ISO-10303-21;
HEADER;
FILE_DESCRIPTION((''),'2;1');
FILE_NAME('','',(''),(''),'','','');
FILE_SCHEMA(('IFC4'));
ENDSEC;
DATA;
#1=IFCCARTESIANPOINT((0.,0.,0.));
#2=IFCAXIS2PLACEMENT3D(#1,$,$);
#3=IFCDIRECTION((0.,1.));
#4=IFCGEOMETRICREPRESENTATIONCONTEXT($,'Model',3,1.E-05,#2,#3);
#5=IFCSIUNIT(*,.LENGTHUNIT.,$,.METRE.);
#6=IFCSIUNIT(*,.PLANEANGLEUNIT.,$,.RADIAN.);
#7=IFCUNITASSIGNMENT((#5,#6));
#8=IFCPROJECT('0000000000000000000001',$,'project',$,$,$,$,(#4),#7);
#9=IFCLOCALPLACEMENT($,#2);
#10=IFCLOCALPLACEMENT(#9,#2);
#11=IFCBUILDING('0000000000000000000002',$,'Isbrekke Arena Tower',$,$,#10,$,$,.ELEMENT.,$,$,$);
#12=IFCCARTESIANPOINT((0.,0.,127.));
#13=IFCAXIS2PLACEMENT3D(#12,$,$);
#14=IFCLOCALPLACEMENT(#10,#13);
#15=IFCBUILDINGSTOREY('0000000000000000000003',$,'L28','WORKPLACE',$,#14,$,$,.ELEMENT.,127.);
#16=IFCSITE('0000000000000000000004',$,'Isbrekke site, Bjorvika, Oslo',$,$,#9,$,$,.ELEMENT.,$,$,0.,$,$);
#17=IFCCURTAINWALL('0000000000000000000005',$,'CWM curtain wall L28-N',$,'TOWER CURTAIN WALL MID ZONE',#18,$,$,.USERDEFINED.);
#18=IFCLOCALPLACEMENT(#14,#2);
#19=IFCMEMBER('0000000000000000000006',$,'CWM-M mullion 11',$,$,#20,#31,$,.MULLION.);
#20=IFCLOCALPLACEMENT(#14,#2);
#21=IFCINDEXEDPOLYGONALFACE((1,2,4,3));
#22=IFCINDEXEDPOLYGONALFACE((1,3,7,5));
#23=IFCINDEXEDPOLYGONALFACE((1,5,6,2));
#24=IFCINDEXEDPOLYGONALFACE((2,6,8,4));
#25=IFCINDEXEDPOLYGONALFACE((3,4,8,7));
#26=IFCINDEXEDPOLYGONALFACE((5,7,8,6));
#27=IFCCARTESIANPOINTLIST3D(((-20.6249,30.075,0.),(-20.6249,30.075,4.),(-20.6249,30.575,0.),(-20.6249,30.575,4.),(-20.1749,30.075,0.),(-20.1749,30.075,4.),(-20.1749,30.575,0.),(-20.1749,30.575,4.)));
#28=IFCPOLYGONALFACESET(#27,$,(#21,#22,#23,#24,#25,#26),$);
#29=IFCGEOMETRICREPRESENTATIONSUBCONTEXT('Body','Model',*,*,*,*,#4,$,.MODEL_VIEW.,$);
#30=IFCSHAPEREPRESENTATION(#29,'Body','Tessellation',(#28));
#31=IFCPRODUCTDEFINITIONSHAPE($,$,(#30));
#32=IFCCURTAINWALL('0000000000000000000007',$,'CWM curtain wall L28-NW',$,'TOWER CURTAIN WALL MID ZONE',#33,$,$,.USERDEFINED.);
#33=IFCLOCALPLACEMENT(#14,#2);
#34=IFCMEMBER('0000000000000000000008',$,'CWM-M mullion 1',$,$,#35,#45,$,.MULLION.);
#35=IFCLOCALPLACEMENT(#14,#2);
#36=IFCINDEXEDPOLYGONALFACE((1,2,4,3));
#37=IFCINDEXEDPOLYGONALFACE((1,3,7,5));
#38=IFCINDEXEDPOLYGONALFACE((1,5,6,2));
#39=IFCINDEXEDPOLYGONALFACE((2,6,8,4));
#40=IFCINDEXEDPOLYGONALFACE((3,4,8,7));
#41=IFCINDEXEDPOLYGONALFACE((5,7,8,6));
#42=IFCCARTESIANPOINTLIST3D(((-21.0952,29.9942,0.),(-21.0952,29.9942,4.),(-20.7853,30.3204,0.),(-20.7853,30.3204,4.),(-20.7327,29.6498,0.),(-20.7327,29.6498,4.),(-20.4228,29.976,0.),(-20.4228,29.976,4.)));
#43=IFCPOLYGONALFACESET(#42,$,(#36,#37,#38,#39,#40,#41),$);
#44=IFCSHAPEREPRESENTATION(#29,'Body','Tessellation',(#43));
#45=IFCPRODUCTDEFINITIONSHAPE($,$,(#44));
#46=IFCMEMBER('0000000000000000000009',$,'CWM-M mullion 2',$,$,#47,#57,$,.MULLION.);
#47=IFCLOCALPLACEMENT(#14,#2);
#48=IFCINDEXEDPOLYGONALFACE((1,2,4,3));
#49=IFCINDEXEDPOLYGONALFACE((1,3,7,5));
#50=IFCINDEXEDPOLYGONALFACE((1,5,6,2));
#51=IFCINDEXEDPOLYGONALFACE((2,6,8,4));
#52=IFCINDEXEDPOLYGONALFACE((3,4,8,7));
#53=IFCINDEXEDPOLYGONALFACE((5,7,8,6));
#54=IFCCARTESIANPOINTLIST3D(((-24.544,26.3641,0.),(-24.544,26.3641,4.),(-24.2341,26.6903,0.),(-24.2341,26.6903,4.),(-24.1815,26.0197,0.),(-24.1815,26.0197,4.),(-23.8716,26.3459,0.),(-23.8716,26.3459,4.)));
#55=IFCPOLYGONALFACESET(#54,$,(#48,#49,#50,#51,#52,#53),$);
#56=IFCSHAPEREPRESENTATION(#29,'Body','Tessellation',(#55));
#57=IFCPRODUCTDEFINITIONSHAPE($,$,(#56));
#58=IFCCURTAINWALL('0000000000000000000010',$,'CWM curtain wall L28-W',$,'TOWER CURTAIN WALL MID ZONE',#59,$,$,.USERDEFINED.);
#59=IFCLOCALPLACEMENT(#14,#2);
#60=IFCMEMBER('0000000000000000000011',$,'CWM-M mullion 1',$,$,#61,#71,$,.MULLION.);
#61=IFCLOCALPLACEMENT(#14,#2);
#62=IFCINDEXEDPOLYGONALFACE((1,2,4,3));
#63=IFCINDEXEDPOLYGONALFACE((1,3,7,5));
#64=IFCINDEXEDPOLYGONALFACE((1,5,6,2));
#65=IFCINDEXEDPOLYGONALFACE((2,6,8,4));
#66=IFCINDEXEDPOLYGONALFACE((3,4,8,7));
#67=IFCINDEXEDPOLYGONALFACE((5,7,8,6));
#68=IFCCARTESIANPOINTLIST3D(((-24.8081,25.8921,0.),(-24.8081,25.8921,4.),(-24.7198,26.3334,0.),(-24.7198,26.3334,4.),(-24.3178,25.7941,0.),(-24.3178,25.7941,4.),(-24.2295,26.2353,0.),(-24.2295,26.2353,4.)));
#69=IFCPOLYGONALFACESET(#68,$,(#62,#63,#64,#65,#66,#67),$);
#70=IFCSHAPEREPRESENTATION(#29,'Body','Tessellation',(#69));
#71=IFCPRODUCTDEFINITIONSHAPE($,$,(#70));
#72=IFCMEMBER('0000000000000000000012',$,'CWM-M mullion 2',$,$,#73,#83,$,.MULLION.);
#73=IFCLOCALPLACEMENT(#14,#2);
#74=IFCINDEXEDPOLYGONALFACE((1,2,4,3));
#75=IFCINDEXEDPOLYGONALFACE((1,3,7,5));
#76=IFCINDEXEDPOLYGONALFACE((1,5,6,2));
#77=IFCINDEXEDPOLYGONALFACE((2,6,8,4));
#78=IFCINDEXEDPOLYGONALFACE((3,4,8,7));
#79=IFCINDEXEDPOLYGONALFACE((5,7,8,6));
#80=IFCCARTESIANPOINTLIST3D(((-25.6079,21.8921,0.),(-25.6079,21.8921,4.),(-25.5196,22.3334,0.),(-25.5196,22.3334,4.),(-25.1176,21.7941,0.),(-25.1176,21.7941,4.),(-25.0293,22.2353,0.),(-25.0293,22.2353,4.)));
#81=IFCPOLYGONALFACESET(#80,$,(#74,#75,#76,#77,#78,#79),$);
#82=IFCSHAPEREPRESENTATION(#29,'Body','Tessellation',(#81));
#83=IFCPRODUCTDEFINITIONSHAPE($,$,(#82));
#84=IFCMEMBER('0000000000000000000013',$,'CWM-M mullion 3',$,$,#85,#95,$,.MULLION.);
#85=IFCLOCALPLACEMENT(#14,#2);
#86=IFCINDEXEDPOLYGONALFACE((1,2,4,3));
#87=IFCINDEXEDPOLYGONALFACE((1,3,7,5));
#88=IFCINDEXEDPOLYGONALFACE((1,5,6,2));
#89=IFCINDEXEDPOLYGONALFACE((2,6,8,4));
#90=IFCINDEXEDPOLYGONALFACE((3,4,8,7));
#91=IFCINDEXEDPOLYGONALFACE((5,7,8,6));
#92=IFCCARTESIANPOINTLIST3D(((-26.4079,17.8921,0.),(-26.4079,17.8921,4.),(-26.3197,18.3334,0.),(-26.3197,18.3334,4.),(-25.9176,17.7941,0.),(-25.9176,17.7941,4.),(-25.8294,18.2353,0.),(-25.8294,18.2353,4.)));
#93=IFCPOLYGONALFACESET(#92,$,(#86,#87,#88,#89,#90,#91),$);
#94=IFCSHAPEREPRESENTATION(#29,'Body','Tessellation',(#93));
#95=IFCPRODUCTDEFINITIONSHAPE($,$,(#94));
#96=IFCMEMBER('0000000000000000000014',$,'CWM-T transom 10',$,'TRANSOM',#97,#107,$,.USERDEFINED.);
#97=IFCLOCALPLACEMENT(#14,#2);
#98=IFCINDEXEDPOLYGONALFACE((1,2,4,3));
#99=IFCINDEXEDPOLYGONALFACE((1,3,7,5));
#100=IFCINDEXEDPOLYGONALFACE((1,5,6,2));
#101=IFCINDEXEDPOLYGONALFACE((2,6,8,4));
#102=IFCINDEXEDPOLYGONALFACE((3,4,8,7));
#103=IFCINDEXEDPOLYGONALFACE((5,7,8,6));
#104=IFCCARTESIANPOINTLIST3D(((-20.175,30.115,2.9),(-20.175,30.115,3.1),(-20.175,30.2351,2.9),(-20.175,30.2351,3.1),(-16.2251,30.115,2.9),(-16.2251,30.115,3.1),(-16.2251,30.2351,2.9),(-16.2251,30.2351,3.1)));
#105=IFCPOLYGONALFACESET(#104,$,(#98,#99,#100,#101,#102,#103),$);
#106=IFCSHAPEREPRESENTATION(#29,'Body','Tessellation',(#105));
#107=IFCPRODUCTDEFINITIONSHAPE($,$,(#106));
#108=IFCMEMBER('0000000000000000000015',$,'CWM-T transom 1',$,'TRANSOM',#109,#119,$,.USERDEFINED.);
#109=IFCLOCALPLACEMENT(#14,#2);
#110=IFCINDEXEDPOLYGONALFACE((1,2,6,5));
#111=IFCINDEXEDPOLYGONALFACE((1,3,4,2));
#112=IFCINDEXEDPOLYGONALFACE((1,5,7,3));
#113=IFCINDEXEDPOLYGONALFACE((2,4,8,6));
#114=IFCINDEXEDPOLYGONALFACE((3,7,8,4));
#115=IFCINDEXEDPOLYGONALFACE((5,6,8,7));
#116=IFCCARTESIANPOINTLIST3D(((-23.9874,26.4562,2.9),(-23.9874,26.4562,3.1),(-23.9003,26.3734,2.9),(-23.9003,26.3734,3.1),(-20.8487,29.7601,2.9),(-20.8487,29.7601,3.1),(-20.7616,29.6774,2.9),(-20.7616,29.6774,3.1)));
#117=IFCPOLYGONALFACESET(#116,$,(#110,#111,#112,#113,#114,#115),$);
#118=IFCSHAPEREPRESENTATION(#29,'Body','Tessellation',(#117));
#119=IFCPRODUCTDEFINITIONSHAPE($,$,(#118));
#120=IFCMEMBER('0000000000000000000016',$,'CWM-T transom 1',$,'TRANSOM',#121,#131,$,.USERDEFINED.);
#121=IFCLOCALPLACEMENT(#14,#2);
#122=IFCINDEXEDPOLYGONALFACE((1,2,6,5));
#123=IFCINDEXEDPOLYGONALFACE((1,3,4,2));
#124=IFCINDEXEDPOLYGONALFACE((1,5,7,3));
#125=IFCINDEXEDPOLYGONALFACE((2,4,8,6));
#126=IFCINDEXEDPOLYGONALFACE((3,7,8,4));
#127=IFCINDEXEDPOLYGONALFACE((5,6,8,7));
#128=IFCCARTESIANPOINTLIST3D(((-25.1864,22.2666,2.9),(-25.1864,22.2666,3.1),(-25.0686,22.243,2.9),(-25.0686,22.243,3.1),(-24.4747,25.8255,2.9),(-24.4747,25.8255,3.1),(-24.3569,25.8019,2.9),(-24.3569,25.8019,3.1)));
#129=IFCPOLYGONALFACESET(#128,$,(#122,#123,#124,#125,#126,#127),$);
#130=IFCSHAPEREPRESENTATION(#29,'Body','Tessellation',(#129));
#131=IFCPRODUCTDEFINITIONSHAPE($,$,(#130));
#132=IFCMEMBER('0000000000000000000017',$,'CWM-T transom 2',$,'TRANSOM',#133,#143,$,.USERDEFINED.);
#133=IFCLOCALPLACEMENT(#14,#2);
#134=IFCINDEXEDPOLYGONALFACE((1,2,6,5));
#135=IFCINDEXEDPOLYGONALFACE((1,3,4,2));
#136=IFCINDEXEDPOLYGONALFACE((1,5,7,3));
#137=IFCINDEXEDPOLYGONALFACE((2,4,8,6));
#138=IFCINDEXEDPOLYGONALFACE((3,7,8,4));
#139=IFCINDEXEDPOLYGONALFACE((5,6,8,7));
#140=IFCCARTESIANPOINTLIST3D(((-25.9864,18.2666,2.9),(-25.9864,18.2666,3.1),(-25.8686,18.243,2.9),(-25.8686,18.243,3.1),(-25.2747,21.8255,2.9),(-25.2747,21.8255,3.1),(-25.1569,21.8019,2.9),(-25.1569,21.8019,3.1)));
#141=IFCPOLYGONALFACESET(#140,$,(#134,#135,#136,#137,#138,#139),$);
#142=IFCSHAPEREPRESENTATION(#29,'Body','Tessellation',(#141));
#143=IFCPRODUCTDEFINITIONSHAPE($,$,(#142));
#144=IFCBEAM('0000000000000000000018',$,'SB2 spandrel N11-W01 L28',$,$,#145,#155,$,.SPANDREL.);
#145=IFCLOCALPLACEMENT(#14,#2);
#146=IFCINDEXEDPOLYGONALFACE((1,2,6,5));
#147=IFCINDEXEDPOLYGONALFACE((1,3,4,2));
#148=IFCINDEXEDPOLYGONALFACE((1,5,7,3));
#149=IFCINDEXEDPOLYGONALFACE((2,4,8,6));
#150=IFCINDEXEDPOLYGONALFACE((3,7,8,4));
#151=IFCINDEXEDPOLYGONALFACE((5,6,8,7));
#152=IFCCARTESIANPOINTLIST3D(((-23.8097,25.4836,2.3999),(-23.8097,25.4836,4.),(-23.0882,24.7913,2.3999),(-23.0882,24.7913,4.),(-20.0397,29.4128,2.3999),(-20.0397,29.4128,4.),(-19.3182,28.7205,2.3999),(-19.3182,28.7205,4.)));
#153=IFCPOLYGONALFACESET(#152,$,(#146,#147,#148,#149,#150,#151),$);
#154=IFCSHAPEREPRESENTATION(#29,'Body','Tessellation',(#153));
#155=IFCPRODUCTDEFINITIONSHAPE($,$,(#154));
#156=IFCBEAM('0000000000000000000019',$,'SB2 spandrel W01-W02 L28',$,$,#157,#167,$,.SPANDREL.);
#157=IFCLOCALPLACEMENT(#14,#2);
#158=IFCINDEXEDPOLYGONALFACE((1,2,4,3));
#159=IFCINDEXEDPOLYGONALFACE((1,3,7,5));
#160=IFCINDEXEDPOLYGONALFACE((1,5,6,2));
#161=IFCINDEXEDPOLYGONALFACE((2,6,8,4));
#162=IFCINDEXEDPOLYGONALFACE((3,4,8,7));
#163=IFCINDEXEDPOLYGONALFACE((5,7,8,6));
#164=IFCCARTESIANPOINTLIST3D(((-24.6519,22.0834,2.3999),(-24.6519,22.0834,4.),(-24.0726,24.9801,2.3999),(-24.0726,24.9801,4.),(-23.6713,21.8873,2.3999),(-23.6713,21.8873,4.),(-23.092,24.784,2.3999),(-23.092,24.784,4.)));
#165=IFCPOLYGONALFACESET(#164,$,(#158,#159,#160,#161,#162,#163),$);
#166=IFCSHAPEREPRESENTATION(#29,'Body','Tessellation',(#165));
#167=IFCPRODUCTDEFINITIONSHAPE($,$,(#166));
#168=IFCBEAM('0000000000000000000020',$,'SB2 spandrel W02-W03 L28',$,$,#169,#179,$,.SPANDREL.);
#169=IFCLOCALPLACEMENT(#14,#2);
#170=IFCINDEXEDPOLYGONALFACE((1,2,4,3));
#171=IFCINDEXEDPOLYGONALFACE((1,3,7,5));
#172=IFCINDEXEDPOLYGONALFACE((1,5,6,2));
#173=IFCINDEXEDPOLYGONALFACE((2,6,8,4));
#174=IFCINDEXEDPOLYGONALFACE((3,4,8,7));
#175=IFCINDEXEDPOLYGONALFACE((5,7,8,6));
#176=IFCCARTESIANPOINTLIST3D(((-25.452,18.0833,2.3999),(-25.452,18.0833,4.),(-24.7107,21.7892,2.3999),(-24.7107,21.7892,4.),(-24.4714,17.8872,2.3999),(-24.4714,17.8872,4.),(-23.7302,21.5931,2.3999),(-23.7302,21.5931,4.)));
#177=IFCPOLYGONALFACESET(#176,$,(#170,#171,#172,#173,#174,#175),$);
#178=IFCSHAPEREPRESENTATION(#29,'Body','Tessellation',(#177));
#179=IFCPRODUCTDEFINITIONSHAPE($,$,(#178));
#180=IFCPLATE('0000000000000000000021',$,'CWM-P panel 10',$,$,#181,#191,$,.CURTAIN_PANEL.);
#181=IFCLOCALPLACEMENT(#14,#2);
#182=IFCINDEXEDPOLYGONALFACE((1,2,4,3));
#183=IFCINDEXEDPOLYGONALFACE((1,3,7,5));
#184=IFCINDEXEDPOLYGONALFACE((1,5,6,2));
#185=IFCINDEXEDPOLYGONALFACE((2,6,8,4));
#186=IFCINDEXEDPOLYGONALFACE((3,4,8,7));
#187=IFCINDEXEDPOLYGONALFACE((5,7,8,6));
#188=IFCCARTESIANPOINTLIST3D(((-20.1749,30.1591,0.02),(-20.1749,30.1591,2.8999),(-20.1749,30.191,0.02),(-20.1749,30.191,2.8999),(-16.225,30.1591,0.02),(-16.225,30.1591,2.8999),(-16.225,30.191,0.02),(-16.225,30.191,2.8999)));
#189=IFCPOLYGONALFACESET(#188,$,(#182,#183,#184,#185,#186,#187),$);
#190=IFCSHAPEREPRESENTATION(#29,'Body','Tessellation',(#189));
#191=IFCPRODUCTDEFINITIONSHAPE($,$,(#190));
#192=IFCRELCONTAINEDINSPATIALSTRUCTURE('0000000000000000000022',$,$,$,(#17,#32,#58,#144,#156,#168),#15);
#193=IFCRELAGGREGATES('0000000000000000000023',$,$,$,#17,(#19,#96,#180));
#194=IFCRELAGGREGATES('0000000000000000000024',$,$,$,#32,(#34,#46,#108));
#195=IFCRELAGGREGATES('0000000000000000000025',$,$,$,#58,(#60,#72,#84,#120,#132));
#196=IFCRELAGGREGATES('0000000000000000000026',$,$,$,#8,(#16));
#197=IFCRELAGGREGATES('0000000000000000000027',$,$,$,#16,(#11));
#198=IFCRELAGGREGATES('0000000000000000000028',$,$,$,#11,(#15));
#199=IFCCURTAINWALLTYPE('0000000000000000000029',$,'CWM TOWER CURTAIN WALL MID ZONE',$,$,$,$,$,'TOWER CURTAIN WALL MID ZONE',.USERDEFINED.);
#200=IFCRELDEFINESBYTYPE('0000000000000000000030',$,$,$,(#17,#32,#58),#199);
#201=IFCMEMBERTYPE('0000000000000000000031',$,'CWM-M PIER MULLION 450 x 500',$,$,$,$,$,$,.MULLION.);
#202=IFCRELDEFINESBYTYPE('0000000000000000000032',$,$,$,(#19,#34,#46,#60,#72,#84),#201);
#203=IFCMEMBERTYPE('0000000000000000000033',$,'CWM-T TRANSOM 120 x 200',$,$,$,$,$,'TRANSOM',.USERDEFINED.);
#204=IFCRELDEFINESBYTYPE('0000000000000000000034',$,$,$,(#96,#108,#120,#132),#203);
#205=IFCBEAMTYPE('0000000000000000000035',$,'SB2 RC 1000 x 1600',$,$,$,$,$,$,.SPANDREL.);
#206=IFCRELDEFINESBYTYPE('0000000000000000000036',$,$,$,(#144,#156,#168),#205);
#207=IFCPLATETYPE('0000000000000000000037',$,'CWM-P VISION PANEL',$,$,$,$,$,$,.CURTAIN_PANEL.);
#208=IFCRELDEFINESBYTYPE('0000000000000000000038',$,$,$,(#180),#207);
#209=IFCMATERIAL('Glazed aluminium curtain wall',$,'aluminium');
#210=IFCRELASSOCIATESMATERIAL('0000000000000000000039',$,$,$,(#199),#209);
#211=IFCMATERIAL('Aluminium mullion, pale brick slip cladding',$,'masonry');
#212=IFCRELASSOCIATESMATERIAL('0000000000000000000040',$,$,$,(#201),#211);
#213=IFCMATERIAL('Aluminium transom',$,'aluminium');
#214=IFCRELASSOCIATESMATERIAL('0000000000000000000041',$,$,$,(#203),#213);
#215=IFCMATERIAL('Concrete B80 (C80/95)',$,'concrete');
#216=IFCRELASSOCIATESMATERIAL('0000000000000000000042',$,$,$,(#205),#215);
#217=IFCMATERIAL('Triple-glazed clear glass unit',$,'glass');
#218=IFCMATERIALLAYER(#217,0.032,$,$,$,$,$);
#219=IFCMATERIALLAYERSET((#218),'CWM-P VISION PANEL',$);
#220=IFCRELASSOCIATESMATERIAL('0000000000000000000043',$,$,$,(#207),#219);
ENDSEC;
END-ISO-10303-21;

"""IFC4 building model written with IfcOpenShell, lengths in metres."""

from ifc_helpers import new_model, si_unit, direction, frame, origin, origin_2d, place, context, subcontext, project, spatial, rectangle, extrude, material, layer, layer_set, material_profile, profile_set, type_object, element, aggregate, save


model = new_model("IFC4")

# Units and contexts
model_context = context("Model", 3, precision=1e-05, world=origin(), true_north=direction((0.0, 1.0)))
body_context = subcontext(model_context, "Body", "Model", "MODEL_VIEW")
ifc_project = project(units=[si_unit("LENGTHUNIT", "METRE"), si_unit("PLANEANGLEUNIT", "RADIAN")], contexts=[model_context])

# Site, building, storey
site_placement = place(None, origin())
site = spatial("IfcSite", under=ifc_project, at=site_placement, Name="Isbrekke site, Bjorvika, Oslo", CompositionType="ELEMENT", RefElevation=0.0)
building_placement = place(site_placement, origin())
building = spatial("IfcBuilding", under=site, at=building_placement, Name="Isbrekke Arena Tower", CompositionType="ELEMENT")
storey_placement = place(building_placement, frame((0.0, 0.0, 127.0)))
storey = spatial("IfcBuildingStorey", under=building, at=storey_placement, Name="L28", Description="WORKPLACE", CompositionType="ELEMENT", Elevation=127.0)

# Curtain wall, member
ifc_material_1 = material(Name="Glazed aluminium curtain wall", Category="aluminium")
curtain_wall_type = type_object("IfcCurtainWallType", Name="CWM TOWER CURTAIN WALL MID ZONE", ElementType="TOWER CURTAIN WALL MID ZONE", PredefinedType="USERDEFINED", material=ifc_material_1)
curtain_wall_1_placement = place(storey_placement, origin())
curtain_wall_1 = element("IfcCurtainWall", 1, at=curtain_wall_1_placement, inside=storey, type_object=curtain_wall_type, Name="CWM curtain wall L28-N", ObjectType="TOWER CURTAIN WALL MID ZONE", PredefinedType="USERDEFINED")
ifc_material_2 = material(Name="Aluminium mullion, pale brick slip cladding", Category="masonry")
ifc_material_profile_1 = material_profile(ifc_material_2, rectangle(XDim=0.45, YDim=0.5, at=origin_2d()), Name="PIER 450X500")
ifc_profile_set_1 = profile_set([ifc_material_profile_1], Name="Aluminium mullion, pale brick slip cladding")
member_type_1 = type_object("IfcMemberType", Name="CWM-M PIER MULLION 450 x 500", PredefinedType="MULLION", material=ifc_profile_set_1)
member_1_placement = place(storey_placement, frame((-20.3999, 30.325, 0.0), z_axis=(0.0, 0.0, 1.0), x_axis=(-1.0, 0.0, 0.0)))
member_1 = element("IfcMember", 2, at=member_1_placement, type_object=member_type_1, Name="CWM-M mullion 11", PredefinedType="MULLION", context=body_context, shape_type="SweptSolid", body=[
    extrude(rectangle(XDim=0.45, YDim=0.5, at=origin_2d()), origin(), (0.0, 0.0, 1.0), 4.0),
])

# Curtain walls, members
curtain_wall_2_placement = place(storey_placement, origin())
curtain_wall_2 = element("IfcCurtainWall", 3, at=curtain_wall_2_placement, inside=storey, type_object=curtain_wall_type, Name="CWM curtain wall L28-NW", ObjectType="TOWER CURTAIN WALL MID ZONE", PredefinedType="USERDEFINED")
member_2_placement = place(storey_placement, frame((-20.759, 29.9851, 0.0), z_axis=(0.0, 0.0, 1.0), x_axis=(-0.688749, -0.724999, 0.0)))
member_2 = element("IfcMember", 4, at=member_2_placement, type_object=member_type_1, Name="CWM-M mullion 1", PredefinedType="MULLION", context=body_context, shape_type="SweptSolid", body=[
    extrude(rectangle(XDim=0.45, YDim=0.5, at=origin_2d()), origin(), (0.0, 0.0, 1.0), 4.0),
])
member_3_placement = place(storey_placement, frame((-24.2078, 26.355, 0.0), z_axis=(0.0, 0.0, 1.0), x_axis=(-0.688749, -0.724999, 0.0)))
member_3 = element("IfcMember", 5, at=member_3_placement, type_object=member_type_1, Name="CWM-M mullion 2", PredefinedType="MULLION", context=body_context, shape_type="SweptSolid", body=[
    extrude(rectangle(XDim=0.45, YDim=0.5, at=origin_2d()), origin(), (0.0, 0.0, 1.0), 4.0),
])
curtain_wall_3_placement = place(storey_placement, origin())
curtain_wall_3 = element("IfcCurtainWall", 6, at=curtain_wall_3_placement, inside=storey, type_object=curtain_wall_type, Name="CWM curtain wall L28-W", ObjectType="TOWER CURTAIN WALL MID ZONE", PredefinedType="USERDEFINED")
member_4_placement = place(storey_placement, frame((-24.5188, 26.0637, 0.0), z_axis=(0.0, 0.0, 1.0), x_axis=(-0.196116, -0.980581, 0.0)))
member_4 = element("IfcMember", 7, at=member_4_placement, type_object=member_type_1, Name="CWM-M mullion 1", PredefinedType="MULLION", context=body_context, shape_type="SweptSolid", body=[
    extrude(rectangle(XDim=0.45, YDim=0.5, at=origin_2d()), origin(), (0.0, 0.0, 1.0), 4.0),
])
member_5_placement = place(storey_placement, frame((-25.3186, 22.0637, 0.0), z_axis=(0.0, 0.0, 1.0), x_axis=(-0.196116, -0.980581, 0.0)))
member_5 = element("IfcMember", 8, at=member_5_placement, type_object=member_type_1, Name="CWM-M mullion 2", PredefinedType="MULLION", context=body_context, shape_type="SweptSolid", body=[
    extrude(rectangle(XDim=0.45, YDim=0.5, at=origin_2d()), origin(), (0.0, 0.0, 1.0), 4.0),
])
member_6_placement = place(storey_placement, frame((-26.1187, 18.0637, 0.0), z_axis=(0.0, 0.0, 1.0), x_axis=(-0.196116, -0.980581, 0.0)))
member_6 = element("IfcMember", 9, at=member_6_placement, type_object=member_type_1, Name="CWM-M mullion 3", PredefinedType="MULLION", context=body_context, shape_type="SweptSolid", body=[
    extrude(rectangle(XDim=0.45, YDim=0.5, at=origin_2d()), origin(), (0.0, 0.0, 1.0), 4.0),
])

# Members
ifc_material_3 = material(Name="Aluminium transom", Category="aluminium")
ifc_material_profile_2 = material_profile(ifc_material_3, rectangle(XDim=0.1201, YDim=0.2, at=origin_2d()), Name="TRANSOM 120X200")
ifc_profile_set_2 = profile_set([ifc_material_profile_2], Name="Aluminium transom")
member_type_2 = type_object("IfcMemberType", Name="CWM-T TRANSOM 120 x 200", ElementType="TRANSOM", PredefinedType="USERDEFINED", material=ifc_profile_set_2)
member_7_placement = place(storey_placement, frame((-16.2251, 30.175, 3.0), z_axis=(-1.0, 0.0, 0.0), x_axis=(0.0, -1.0, 0.0)))
member_7 = element("IfcMember", 10, at=member_7_placement, type_object=member_type_2, Name="CWM-T transom 10", ObjectType="TRANSOM", PredefinedType="USERDEFINED", context=body_context, shape_type="SweptSolid", body=[
    extrude(rectangle(XDim=0.1201, YDim=0.2, at=origin_2d()), origin(), (0.0, 0.0, 1.0), 3.95),
])
member_8_placement = place(storey_placement, frame((-20.8052, 29.7188, 3.0), z_axis=(-0.68874, -0.725009, 0.0), x_axis=(0.725009, -0.68874, 0.0)))
member_8 = element("IfcMember", 11, at=member_8_placement, type_object=member_type_2, Name="CWM-T transom 1", ObjectType="TRANSOM", PredefinedType="USERDEFINED", context=body_context, shape_type="SweptSolid", body=[
    extrude(rectangle(XDim=0.1201, YDim=0.2, at=origin_2d()), origin(), (0.0, 0.0, 1.0), 4.5571),
])
member_9_placement = place(storey_placement, frame((-24.4158, 25.8137, 3.0), z_axis=(-0.19609, -0.980586, 0.0), x_axis=(0.980586, -0.19609, 0.0)))
member_9 = element("IfcMember", 12, at=member_9_placement, type_object=member_type_2, Name="CWM-T transom 1", ObjectType="TRANSOM", PredefinedType="USERDEFINED", context=body_context, shape_type="SweptSolid", body=[
    extrude(rectangle(XDim=0.1201, YDim=0.2, at=origin_2d()), origin(), (0.0, 0.0, 1.0), 3.6294),
])
member_10_placement = place(storey_placement, frame((-25.2158, 21.8137, 3.0), z_axis=(-0.19609, -0.980586, 0.0), x_axis=(0.980586, -0.19609, 0.0)))
member_10 = element("IfcMember", 13, at=member_10_placement, type_object=member_type_2, Name="CWM-T transom 2", ObjectType="TRANSOM", PredefinedType="USERDEFINED", context=body_context, shape_type="SweptSolid", body=[
    extrude(rectangle(XDim=0.1201, YDim=0.2, at=origin_2d()), origin(), (0.0, 0.0, 1.0), 3.6294),
])

# Beams
ifc_material_4 = material(Name="Concrete B80 (C80/95)", Category="concrete")
ifc_material_profile_3 = material_profile(ifc_material_4, rectangle(XDim=1.0, YDim=1.6001, at=origin_2d()), Name="RC 1000x1600")
ifc_profile_set_3 = profile_set([ifc_material_profile_3], Name="Concrete B80 (C80/95)")
beam_type_1 = type_object("IfcBeamType", Name="SB2 RC 1000 x 1600", PredefinedType="SPANDREL", material=ifc_profile_set_3)
beam_1_placement = place(storey_placement, frame((-19.679, 29.0667, 3.2), z_axis=(-0.69234, -0.721572, 0.0), x_axis=(0.721572, -0.69234, 0.0)))
element("IfcBeam", 14, at=beam_1_placement, inside=storey, type_object=beam_type_1, Name="SB2 spandrel N11-W01 L28", PredefinedType="SPANDREL", context=body_context, shape_type="SweptSolid", body=[
    extrude(rectangle(XDim=1.0, YDim=1.6001, at=origin_2d()), origin(), (0.0, 0.0, 1.0), 5.4453),
])
beam_2_placement = place(storey_placement, frame((-23.5823, 24.8821, 3.2), z_axis=(-0.196116, -0.980581, 0.0), x_axis=(0.980581, -0.196116, 0.0)))
element("IfcBeam", 15, at=beam_2_placement, inside=storey, type_object=beam_type_1, Name="SB2 spandrel W01-W02 L28", PredefinedType="SPANDREL", context=body_context, shape_type="SweptSolid", body=[
    extrude(rectangle(XDim=1.0, YDim=1.6001, at=origin_2d()), origin(), (0.0, 0.0, 1.0), 2.9541),
])
beam_3_placement = place(storey_placement, frame((-24.2205, 21.6912, 3.2), z_axis=(-0.196129, -0.980578, 0.0), x_axis=(0.980578, -0.196129, 0.0)))
element("IfcBeam", 16, at=beam_3_placement, inside=storey, type_object=beam_type_1, Name="SB2 spandrel W02-W03 L28", PredefinedType="SPANDREL", context=body_context, shape_type="SweptSolid", body=[
    extrude(rectangle(XDim=1.0, YDim=1.6001, at=origin_2d()), origin(), (0.0, 0.0, 1.0), 3.7793),
])

# Plate
ifc_material_5 = material(Name="Triple-glazed clear glass unit", Category="glass")
ifc_layer_1 = layer(ifc_material_5, 0.032)
ifc_layer_set_1 = layer_set([ifc_layer_1], Name="CWM-P VISION PANEL")
plate_type = type_object("IfcPlateType", Name="CWM-P VISION PANEL", PredefinedType="CURTAIN_PANEL", material=ifc_layer_set_1)
plate_1_placement = place(storey_placement, frame((-18.2, 30.175, 0.02), z_axis=(0.0, 0.0, 1.0), x_axis=(-1.0, 0.0, 0.0)))
plate_1 = element("IfcPlate", 17, at=plate_1_placement, type_object=plate_type, Name="CWM-P panel 10", PredefinedType="CURTAIN_PANEL", context=body_context, shape_type="SweptSolid", body=[
    extrude(rectangle(XDim=3.95, YDim=0.032, at=origin_2d()), origin(), (0.0, 0.0, 1.0), 2.8799),
])
aggregate(curtain_wall_1, [member_1, member_7, plate_1])
aggregate(curtain_wall_2, [member_2, member_3, member_8])
aggregate(curtain_wall_3, [member_4, member_5, member_6, member_9, member_10])

save(model, "model.ifc")
